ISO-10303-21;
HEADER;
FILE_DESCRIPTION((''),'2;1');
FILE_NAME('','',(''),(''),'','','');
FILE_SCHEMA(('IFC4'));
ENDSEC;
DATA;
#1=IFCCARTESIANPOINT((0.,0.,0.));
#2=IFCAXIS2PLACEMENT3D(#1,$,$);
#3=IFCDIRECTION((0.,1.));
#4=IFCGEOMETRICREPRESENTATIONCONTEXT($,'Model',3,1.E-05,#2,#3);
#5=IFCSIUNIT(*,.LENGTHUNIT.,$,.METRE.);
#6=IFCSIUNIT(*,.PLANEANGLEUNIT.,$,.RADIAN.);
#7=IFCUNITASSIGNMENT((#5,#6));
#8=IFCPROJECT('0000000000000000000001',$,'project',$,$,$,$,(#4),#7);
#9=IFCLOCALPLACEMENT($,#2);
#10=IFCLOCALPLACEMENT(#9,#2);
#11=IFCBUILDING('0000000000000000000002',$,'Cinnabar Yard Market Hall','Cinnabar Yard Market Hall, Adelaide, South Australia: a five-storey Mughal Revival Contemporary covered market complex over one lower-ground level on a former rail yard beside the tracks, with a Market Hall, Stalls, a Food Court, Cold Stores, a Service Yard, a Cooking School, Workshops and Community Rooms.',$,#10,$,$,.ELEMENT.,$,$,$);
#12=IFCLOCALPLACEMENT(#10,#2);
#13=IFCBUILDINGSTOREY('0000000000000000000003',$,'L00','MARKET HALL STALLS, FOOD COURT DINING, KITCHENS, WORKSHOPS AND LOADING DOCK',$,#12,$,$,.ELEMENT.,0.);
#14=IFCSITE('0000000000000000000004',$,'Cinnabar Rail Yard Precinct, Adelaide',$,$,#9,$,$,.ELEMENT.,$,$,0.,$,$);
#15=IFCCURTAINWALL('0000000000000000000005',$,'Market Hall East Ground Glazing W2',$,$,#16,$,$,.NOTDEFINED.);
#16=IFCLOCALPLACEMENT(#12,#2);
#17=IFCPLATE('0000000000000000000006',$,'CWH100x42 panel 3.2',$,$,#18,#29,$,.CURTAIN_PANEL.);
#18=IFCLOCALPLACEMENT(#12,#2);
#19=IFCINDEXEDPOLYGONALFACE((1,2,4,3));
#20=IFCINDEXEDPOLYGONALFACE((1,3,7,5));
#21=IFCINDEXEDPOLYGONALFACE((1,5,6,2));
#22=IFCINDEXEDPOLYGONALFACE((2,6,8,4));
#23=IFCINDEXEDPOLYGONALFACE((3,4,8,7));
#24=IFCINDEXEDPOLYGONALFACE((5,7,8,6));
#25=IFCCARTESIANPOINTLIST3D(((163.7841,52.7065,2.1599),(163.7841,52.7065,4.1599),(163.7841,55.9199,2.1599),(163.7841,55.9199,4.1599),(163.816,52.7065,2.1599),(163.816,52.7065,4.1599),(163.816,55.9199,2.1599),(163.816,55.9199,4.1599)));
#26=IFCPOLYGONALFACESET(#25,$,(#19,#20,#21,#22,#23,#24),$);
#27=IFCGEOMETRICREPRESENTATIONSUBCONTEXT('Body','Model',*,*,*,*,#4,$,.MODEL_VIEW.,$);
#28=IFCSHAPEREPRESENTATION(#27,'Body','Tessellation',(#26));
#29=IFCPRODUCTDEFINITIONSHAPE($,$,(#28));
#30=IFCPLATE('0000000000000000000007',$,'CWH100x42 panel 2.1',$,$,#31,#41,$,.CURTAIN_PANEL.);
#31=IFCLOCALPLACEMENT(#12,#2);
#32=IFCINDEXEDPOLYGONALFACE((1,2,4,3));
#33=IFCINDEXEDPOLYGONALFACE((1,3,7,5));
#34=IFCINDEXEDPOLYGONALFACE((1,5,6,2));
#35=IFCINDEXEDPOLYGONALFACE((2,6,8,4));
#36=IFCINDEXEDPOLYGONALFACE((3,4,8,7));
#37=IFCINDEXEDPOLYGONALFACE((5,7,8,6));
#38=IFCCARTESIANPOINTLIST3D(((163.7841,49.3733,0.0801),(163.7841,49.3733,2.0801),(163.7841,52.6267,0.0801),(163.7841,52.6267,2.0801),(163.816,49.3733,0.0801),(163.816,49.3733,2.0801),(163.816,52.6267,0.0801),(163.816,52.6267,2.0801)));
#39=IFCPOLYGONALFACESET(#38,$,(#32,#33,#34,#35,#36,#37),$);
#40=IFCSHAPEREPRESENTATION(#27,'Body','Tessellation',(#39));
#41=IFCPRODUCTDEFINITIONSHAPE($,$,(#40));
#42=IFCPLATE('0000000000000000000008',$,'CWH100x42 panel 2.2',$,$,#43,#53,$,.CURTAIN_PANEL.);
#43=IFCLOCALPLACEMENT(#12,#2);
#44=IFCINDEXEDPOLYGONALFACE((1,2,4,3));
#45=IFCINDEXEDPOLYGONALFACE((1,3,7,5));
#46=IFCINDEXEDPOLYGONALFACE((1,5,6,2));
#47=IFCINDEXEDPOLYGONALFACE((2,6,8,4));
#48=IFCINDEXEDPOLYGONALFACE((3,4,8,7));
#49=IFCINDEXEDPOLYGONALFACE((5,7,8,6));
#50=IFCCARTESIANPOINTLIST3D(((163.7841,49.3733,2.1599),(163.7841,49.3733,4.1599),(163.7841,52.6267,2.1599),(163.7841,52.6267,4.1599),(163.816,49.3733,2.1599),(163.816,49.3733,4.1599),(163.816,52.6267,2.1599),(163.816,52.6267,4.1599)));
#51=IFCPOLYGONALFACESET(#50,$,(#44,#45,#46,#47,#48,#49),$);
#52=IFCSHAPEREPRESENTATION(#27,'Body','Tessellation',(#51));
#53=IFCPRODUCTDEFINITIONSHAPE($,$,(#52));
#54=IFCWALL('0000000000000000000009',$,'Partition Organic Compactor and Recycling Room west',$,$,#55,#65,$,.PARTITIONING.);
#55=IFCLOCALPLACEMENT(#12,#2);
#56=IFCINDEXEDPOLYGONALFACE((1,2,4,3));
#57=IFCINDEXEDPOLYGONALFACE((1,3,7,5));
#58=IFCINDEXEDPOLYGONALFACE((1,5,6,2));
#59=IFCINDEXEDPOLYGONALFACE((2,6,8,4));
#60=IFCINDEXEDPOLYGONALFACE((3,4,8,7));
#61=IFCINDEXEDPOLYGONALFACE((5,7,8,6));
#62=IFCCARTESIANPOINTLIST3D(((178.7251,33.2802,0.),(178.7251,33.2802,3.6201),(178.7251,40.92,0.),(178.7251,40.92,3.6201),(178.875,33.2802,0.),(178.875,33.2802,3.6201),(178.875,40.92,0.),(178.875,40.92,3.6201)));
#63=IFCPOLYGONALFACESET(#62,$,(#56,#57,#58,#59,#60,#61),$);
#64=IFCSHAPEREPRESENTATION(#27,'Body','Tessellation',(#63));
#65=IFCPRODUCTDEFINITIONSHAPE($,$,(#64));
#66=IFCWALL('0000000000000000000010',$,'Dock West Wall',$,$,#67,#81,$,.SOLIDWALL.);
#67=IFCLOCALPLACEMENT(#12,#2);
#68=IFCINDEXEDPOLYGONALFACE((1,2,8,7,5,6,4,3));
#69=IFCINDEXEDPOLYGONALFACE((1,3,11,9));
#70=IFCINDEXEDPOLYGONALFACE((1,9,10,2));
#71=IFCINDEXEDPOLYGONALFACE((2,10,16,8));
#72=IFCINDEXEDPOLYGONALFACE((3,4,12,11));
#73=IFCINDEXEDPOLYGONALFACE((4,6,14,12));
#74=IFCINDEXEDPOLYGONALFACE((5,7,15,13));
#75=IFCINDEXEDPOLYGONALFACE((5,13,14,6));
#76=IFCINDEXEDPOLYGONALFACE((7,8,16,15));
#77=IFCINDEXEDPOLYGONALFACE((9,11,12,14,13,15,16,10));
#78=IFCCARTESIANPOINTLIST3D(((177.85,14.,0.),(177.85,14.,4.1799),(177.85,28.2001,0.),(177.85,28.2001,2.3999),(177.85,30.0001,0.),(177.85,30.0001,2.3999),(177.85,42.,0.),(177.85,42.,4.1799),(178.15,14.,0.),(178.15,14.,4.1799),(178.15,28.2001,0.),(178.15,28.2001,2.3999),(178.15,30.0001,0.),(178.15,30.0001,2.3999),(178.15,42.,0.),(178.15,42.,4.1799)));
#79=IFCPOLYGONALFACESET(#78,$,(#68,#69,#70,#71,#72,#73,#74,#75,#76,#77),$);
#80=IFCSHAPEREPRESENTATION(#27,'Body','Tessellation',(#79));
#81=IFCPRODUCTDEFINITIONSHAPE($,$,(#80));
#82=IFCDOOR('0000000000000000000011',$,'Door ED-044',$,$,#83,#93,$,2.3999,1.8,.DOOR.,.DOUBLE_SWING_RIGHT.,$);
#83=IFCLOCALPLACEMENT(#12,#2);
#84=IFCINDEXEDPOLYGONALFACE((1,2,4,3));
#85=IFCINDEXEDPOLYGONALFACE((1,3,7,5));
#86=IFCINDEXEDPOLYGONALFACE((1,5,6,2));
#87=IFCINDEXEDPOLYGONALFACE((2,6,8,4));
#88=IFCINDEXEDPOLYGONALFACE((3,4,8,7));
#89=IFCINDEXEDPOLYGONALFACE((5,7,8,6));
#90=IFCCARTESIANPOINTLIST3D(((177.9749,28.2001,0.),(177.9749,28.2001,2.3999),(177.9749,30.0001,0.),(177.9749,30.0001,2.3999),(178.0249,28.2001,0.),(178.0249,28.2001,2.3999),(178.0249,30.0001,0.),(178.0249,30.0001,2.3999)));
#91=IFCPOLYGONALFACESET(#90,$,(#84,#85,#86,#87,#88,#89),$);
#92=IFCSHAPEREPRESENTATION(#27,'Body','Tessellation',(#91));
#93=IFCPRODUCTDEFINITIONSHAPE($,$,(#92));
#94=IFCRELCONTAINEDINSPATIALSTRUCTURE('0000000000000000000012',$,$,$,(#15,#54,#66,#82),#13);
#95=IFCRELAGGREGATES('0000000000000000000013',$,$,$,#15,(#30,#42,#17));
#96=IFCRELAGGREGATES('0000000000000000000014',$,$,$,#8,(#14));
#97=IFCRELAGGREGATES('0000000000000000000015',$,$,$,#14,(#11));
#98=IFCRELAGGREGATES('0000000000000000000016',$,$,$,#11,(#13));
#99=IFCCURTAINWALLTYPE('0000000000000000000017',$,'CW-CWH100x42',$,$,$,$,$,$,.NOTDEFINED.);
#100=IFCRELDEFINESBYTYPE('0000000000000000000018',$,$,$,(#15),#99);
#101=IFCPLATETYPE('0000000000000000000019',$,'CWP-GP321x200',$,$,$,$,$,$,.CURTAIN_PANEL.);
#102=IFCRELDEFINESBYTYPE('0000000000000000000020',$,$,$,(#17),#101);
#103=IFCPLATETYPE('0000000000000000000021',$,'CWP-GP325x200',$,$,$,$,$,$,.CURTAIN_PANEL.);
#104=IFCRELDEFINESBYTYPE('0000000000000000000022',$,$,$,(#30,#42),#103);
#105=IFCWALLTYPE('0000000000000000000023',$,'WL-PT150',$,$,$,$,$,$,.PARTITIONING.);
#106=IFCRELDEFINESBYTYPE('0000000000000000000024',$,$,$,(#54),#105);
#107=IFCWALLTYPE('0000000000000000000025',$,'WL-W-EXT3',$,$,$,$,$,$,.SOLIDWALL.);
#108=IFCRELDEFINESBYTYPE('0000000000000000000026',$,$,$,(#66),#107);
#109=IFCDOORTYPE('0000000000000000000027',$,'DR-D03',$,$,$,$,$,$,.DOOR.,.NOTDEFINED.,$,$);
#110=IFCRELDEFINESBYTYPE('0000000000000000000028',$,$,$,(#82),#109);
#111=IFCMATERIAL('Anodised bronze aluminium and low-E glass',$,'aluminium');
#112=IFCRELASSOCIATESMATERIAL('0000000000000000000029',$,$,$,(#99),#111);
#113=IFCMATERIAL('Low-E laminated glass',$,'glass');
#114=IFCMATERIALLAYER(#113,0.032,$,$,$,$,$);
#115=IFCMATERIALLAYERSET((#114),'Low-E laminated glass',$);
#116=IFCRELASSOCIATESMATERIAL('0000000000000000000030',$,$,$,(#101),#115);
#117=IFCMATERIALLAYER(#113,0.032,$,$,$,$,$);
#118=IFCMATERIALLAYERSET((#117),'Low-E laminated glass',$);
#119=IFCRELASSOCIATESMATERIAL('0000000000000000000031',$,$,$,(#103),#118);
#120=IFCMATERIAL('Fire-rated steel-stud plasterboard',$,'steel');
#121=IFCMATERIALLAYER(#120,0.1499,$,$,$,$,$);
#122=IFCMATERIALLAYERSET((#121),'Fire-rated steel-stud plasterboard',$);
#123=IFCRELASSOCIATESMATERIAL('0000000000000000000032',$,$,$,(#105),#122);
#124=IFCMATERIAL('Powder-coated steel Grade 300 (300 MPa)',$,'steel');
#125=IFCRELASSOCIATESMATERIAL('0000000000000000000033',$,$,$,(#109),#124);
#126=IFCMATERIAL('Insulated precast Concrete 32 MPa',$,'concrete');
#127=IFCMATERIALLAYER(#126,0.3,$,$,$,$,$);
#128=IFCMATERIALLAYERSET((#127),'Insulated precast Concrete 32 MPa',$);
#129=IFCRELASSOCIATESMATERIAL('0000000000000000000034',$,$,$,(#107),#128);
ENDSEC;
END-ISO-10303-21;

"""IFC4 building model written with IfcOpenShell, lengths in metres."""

from ifc_helpers import new_model, si_unit, direction, frame, frame_2d, origin, origin_2d_with_axis, place, context, subcontext, project, spatial, rectangle, extrude, material, layer, layer_set, type_object, element, fill, aggregate, save


model = new_model("IFC4")

# Units and contexts
model_context = context("Model", 3, precision=1e-05, world=origin(), true_north=direction((0.0, 1.0)))
body_context = subcontext(model_context, "Body", "Model", "MODEL_VIEW")
ifc_project = project(units=[si_unit("LENGTHUNIT", "METRE"), si_unit("PLANEANGLEUNIT", "RADIAN")], contexts=[model_context])

# Site, building, storey
site_placement = place(None, origin())
site = spatial("IfcSite", under=ifc_project, at=site_placement, Name="Cinnabar Rail Yard Precinct, Adelaide", CompositionType="ELEMENT", RefElevation=0.0)
building_placement = place(site_placement, origin())
building = spatial("IfcBuilding", under=site, at=building_placement, Name="Cinnabar Yard Market Hall", Description="Cinnabar Yard Market Hall, Adelaide, South Australia: a five-storey Mughal Revival Contemporary covered market complex over one lower-ground level on a former rail yard beside the tracks, with a Market Hall, Stalls, a Food Court, Cold Stores, a Service Yard, a Cooking School, Workshops and Community Rooms.", CompositionType="ELEMENT")
storey_placement = place(building_placement, origin())
storey = spatial("IfcBuildingStorey", under=building, at=storey_placement, Name="L00", Description="MARKET HALL STALLS, FOOD COURT DINING, KITCHENS, WORKSHOPS AND LOADING DOCK", CompositionType="ELEMENT", Elevation=0.0)

# Shared definitions
ifc_material_1 = material(Name="Anodised bronze aluminium and low-E glass", Category="aluminium")
curtain_wall_type = type_object("IfcCurtainWallType", Name="CW-CWH100x42", PredefinedType="NOTDEFINED", material=ifc_material_1)

# Curtain wall
curtain_wall_1_placement = place(storey_placement, origin())
curtain_wall_1 = element("IfcCurtainWall", 1, at=curtain_wall_1_placement, inside=storey, type_object=curtain_wall_type, Name="Market Hall East Ground Glazing W2", PredefinedType="NOTDEFINED")

# Plates
ifc_material_2 = material(Name="Low-E laminated glass", Category="glass")
ifc_layer_1 = layer(ifc_material_2, 0.032)
ifc_layer_set_1 = layer_set([ifc_layer_1], Name="Low-E laminated glass")
plate_type_1 = type_object("IfcPlateType", Name="CWP-GP321x200", PredefinedType="CURTAIN_PANEL", material=ifc_layer_set_1)
plate_1_placement = place(storey_placement, frame((163.8, 54.3132, 2.1599), z_axis=(0.0, 0.0, 1.0), x_axis=(0.0, 1.0, 0.0)))
plate_1 = element("IfcPlate", 2, at=plate_1_placement, type_object=plate_type_1, Name="CWH100x42 panel 3.2", PredefinedType="CURTAIN_PANEL", context=body_context, shape_type="SweptSolid", body=[
    extrude(rectangle(XDim=3.2134, YDim=0.032, at=origin_2d_with_axis()), origin(), (0.0, 0.0, 1.0), 2.0),
])
ifc_layer_2 = layer(ifc_material_2, 0.032)
ifc_layer_set_2 = layer_set([ifc_layer_2], Name="Low-E laminated glass")
plate_type_2 = type_object("IfcPlateType", Name="CWP-GP325x200", PredefinedType="CURTAIN_PANEL", material=ifc_layer_set_2)
plate_2_placement = place(storey_placement, frame((163.8, 51.0, 0.0801), z_axis=(0.0, 0.0, 1.0), x_axis=(0.0, 1.0, 0.0)))
plate_2 = element("IfcPlate", 3, at=plate_2_placement, type_object=plate_type_2, Name="CWH100x42 panel 2.1", PredefinedType="CURTAIN_PANEL", context=body_context, shape_type="SweptSolid", body=[
    extrude(rectangle(XDim=3.2534, YDim=0.032, at=origin_2d_with_axis()), origin(), (0.0, 0.0, 1.0), 2.0),
])
plate_3_placement = place(storey_placement, frame((163.8, 51.0, 2.1599), z_axis=(0.0, 0.0, 1.0), x_axis=(0.0, 1.0, 0.0)))
plate_3 = element("IfcPlate", 4, at=plate_3_placement, type_object=plate_type_2, Name="CWH100x42 panel 2.2", PredefinedType="CURTAIN_PANEL", context=body_context, shape_type="SweptSolid", body=[
    extrude(rectangle(XDim=3.2534, YDim=0.032, at=origin_2d_with_axis()), origin(), (0.0, 0.0, 1.0), 2.0),
])
aggregate(curtain_wall_1, [plate_2, plate_3, plate_1])

# Wall
ifc_material_3 = material(Name="Fire-rated steel-stud plasterboard", Category="steel")
ifc_layer_3 = layer(ifc_material_3, 0.1499)
ifc_layer_set_3 = layer_set([ifc_layer_3], Name="Fire-rated steel-stud plasterboard")
wall_type_1 = type_object("IfcWallType", Name="WL-PT150", PredefinedType="PARTITIONING", material=ifc_layer_set_3)
wall_1_placement = place(storey_placement, frame((178.8, 40.9199, 0.0), z_axis=(0.0, 0.0, 1.0), x_axis=(0.0, -1.0, 0.0)))
element("IfcWall", 5, at=wall_1_placement, inside=storey, type_object=wall_type_1, Name="Partition Organic Compactor and Recycling Room west", PredefinedType="PARTITIONING", context=body_context, shape_type="SweptSolid", body=[
    extrude(rectangle(XDim=7.6399, YDim=0.1499, at=frame_2d((3.8198, 0.0), x_axis=(1.0, 0.0))), origin(), (0.0, 0.0, 1.0), 3.6201),
])

# Wall, opening, door
ifc_material_4 = material(Name="Powder-coated steel Grade 300 (300 MPa)", Category="steel")
door_type = type_object("IfcDoorType", Name="DR-D03", OperationType="NOTDEFINED", PredefinedType="DOOR", material=ifc_material_4)
ifc_material_5 = material(Name="Insulated precast Concrete 32 MPa", Category="concrete")
ifc_layer_4 = layer(ifc_material_5, 0.3)
ifc_layer_set_4 = layer_set([ifc_layer_4], Name="Insulated precast Concrete 32 MPa")
wall_type_2 = type_object("IfcWallType", Name="WL-W-EXT3", PredefinedType="SOLIDWALL", material=ifc_layer_set_4)
wall_2_placement = place(storey_placement, frame((178.0, 42.0, 0.0), z_axis=(0.0, 0.0, 1.0), x_axis=(0.0, -1.0, 0.0)))
wall_2 = element("IfcWall", 6, at=wall_2_placement, inside=storey, type_object=wall_type_2, Name="Dock West Wall", PredefinedType="SOLIDWALL", context=body_context, shape_type="SweptSolid", body=[
    extrude(rectangle(XDim=28.0, YDim=0.3, at=frame_2d((14.0, 0.0), x_axis=(1.0, 0.0))), origin(), (0.0, 0.0, 1.0), 4.1799),
])
opening_1_placement = place(wall_2_placement, frame((12.0, 0.0, 0.0)))
opening_1 = element("IfcOpeningElement", 7, at=opening_1_placement, cuts=wall_2, PredefinedType="OPENING", context=body_context, shape_type="SweptSolid", body=[
    extrude(rectangle(XDim=1.8, YDim=2.3999, at=frame_2d((0.8999, 1.2), x_axis=(1.0, 0.0))), frame((0.0, 0.1599, 0.0), z_axis=(0.0, -1.0, 0.0), x_axis=(1.0, 0.0, 0.0)), (0.0, 0.0, 1.0), 0.3201),
])
door_1_placement = place(opening_1_placement, origin())
door_1 = element("IfcDoor", 8, at=door_1_placement, inside=storey, type_object=door_type, Name="Door ED-044", OperationType="DOUBLE_SWING_RIGHT", OverallHeight=2.3999, OverallWidth=1.8, PredefinedType="DOOR", context=body_context, shape_type="SweptSolid", body=[
    extrude(rectangle(XDim=1.8, YDim=2.3999, at=frame_2d((0.8999, 1.2), x_axis=(1.0, 0.0))), frame((0.0, 0.0249, 0.0), z_axis=(0.0, -1.0, 0.0), x_axis=(1.0, 0.0, 0.0)), (0.0, 0.0, 1.0), 0.05),
])
fill(opening_1, door_1)

save(model, "model.ifc")
